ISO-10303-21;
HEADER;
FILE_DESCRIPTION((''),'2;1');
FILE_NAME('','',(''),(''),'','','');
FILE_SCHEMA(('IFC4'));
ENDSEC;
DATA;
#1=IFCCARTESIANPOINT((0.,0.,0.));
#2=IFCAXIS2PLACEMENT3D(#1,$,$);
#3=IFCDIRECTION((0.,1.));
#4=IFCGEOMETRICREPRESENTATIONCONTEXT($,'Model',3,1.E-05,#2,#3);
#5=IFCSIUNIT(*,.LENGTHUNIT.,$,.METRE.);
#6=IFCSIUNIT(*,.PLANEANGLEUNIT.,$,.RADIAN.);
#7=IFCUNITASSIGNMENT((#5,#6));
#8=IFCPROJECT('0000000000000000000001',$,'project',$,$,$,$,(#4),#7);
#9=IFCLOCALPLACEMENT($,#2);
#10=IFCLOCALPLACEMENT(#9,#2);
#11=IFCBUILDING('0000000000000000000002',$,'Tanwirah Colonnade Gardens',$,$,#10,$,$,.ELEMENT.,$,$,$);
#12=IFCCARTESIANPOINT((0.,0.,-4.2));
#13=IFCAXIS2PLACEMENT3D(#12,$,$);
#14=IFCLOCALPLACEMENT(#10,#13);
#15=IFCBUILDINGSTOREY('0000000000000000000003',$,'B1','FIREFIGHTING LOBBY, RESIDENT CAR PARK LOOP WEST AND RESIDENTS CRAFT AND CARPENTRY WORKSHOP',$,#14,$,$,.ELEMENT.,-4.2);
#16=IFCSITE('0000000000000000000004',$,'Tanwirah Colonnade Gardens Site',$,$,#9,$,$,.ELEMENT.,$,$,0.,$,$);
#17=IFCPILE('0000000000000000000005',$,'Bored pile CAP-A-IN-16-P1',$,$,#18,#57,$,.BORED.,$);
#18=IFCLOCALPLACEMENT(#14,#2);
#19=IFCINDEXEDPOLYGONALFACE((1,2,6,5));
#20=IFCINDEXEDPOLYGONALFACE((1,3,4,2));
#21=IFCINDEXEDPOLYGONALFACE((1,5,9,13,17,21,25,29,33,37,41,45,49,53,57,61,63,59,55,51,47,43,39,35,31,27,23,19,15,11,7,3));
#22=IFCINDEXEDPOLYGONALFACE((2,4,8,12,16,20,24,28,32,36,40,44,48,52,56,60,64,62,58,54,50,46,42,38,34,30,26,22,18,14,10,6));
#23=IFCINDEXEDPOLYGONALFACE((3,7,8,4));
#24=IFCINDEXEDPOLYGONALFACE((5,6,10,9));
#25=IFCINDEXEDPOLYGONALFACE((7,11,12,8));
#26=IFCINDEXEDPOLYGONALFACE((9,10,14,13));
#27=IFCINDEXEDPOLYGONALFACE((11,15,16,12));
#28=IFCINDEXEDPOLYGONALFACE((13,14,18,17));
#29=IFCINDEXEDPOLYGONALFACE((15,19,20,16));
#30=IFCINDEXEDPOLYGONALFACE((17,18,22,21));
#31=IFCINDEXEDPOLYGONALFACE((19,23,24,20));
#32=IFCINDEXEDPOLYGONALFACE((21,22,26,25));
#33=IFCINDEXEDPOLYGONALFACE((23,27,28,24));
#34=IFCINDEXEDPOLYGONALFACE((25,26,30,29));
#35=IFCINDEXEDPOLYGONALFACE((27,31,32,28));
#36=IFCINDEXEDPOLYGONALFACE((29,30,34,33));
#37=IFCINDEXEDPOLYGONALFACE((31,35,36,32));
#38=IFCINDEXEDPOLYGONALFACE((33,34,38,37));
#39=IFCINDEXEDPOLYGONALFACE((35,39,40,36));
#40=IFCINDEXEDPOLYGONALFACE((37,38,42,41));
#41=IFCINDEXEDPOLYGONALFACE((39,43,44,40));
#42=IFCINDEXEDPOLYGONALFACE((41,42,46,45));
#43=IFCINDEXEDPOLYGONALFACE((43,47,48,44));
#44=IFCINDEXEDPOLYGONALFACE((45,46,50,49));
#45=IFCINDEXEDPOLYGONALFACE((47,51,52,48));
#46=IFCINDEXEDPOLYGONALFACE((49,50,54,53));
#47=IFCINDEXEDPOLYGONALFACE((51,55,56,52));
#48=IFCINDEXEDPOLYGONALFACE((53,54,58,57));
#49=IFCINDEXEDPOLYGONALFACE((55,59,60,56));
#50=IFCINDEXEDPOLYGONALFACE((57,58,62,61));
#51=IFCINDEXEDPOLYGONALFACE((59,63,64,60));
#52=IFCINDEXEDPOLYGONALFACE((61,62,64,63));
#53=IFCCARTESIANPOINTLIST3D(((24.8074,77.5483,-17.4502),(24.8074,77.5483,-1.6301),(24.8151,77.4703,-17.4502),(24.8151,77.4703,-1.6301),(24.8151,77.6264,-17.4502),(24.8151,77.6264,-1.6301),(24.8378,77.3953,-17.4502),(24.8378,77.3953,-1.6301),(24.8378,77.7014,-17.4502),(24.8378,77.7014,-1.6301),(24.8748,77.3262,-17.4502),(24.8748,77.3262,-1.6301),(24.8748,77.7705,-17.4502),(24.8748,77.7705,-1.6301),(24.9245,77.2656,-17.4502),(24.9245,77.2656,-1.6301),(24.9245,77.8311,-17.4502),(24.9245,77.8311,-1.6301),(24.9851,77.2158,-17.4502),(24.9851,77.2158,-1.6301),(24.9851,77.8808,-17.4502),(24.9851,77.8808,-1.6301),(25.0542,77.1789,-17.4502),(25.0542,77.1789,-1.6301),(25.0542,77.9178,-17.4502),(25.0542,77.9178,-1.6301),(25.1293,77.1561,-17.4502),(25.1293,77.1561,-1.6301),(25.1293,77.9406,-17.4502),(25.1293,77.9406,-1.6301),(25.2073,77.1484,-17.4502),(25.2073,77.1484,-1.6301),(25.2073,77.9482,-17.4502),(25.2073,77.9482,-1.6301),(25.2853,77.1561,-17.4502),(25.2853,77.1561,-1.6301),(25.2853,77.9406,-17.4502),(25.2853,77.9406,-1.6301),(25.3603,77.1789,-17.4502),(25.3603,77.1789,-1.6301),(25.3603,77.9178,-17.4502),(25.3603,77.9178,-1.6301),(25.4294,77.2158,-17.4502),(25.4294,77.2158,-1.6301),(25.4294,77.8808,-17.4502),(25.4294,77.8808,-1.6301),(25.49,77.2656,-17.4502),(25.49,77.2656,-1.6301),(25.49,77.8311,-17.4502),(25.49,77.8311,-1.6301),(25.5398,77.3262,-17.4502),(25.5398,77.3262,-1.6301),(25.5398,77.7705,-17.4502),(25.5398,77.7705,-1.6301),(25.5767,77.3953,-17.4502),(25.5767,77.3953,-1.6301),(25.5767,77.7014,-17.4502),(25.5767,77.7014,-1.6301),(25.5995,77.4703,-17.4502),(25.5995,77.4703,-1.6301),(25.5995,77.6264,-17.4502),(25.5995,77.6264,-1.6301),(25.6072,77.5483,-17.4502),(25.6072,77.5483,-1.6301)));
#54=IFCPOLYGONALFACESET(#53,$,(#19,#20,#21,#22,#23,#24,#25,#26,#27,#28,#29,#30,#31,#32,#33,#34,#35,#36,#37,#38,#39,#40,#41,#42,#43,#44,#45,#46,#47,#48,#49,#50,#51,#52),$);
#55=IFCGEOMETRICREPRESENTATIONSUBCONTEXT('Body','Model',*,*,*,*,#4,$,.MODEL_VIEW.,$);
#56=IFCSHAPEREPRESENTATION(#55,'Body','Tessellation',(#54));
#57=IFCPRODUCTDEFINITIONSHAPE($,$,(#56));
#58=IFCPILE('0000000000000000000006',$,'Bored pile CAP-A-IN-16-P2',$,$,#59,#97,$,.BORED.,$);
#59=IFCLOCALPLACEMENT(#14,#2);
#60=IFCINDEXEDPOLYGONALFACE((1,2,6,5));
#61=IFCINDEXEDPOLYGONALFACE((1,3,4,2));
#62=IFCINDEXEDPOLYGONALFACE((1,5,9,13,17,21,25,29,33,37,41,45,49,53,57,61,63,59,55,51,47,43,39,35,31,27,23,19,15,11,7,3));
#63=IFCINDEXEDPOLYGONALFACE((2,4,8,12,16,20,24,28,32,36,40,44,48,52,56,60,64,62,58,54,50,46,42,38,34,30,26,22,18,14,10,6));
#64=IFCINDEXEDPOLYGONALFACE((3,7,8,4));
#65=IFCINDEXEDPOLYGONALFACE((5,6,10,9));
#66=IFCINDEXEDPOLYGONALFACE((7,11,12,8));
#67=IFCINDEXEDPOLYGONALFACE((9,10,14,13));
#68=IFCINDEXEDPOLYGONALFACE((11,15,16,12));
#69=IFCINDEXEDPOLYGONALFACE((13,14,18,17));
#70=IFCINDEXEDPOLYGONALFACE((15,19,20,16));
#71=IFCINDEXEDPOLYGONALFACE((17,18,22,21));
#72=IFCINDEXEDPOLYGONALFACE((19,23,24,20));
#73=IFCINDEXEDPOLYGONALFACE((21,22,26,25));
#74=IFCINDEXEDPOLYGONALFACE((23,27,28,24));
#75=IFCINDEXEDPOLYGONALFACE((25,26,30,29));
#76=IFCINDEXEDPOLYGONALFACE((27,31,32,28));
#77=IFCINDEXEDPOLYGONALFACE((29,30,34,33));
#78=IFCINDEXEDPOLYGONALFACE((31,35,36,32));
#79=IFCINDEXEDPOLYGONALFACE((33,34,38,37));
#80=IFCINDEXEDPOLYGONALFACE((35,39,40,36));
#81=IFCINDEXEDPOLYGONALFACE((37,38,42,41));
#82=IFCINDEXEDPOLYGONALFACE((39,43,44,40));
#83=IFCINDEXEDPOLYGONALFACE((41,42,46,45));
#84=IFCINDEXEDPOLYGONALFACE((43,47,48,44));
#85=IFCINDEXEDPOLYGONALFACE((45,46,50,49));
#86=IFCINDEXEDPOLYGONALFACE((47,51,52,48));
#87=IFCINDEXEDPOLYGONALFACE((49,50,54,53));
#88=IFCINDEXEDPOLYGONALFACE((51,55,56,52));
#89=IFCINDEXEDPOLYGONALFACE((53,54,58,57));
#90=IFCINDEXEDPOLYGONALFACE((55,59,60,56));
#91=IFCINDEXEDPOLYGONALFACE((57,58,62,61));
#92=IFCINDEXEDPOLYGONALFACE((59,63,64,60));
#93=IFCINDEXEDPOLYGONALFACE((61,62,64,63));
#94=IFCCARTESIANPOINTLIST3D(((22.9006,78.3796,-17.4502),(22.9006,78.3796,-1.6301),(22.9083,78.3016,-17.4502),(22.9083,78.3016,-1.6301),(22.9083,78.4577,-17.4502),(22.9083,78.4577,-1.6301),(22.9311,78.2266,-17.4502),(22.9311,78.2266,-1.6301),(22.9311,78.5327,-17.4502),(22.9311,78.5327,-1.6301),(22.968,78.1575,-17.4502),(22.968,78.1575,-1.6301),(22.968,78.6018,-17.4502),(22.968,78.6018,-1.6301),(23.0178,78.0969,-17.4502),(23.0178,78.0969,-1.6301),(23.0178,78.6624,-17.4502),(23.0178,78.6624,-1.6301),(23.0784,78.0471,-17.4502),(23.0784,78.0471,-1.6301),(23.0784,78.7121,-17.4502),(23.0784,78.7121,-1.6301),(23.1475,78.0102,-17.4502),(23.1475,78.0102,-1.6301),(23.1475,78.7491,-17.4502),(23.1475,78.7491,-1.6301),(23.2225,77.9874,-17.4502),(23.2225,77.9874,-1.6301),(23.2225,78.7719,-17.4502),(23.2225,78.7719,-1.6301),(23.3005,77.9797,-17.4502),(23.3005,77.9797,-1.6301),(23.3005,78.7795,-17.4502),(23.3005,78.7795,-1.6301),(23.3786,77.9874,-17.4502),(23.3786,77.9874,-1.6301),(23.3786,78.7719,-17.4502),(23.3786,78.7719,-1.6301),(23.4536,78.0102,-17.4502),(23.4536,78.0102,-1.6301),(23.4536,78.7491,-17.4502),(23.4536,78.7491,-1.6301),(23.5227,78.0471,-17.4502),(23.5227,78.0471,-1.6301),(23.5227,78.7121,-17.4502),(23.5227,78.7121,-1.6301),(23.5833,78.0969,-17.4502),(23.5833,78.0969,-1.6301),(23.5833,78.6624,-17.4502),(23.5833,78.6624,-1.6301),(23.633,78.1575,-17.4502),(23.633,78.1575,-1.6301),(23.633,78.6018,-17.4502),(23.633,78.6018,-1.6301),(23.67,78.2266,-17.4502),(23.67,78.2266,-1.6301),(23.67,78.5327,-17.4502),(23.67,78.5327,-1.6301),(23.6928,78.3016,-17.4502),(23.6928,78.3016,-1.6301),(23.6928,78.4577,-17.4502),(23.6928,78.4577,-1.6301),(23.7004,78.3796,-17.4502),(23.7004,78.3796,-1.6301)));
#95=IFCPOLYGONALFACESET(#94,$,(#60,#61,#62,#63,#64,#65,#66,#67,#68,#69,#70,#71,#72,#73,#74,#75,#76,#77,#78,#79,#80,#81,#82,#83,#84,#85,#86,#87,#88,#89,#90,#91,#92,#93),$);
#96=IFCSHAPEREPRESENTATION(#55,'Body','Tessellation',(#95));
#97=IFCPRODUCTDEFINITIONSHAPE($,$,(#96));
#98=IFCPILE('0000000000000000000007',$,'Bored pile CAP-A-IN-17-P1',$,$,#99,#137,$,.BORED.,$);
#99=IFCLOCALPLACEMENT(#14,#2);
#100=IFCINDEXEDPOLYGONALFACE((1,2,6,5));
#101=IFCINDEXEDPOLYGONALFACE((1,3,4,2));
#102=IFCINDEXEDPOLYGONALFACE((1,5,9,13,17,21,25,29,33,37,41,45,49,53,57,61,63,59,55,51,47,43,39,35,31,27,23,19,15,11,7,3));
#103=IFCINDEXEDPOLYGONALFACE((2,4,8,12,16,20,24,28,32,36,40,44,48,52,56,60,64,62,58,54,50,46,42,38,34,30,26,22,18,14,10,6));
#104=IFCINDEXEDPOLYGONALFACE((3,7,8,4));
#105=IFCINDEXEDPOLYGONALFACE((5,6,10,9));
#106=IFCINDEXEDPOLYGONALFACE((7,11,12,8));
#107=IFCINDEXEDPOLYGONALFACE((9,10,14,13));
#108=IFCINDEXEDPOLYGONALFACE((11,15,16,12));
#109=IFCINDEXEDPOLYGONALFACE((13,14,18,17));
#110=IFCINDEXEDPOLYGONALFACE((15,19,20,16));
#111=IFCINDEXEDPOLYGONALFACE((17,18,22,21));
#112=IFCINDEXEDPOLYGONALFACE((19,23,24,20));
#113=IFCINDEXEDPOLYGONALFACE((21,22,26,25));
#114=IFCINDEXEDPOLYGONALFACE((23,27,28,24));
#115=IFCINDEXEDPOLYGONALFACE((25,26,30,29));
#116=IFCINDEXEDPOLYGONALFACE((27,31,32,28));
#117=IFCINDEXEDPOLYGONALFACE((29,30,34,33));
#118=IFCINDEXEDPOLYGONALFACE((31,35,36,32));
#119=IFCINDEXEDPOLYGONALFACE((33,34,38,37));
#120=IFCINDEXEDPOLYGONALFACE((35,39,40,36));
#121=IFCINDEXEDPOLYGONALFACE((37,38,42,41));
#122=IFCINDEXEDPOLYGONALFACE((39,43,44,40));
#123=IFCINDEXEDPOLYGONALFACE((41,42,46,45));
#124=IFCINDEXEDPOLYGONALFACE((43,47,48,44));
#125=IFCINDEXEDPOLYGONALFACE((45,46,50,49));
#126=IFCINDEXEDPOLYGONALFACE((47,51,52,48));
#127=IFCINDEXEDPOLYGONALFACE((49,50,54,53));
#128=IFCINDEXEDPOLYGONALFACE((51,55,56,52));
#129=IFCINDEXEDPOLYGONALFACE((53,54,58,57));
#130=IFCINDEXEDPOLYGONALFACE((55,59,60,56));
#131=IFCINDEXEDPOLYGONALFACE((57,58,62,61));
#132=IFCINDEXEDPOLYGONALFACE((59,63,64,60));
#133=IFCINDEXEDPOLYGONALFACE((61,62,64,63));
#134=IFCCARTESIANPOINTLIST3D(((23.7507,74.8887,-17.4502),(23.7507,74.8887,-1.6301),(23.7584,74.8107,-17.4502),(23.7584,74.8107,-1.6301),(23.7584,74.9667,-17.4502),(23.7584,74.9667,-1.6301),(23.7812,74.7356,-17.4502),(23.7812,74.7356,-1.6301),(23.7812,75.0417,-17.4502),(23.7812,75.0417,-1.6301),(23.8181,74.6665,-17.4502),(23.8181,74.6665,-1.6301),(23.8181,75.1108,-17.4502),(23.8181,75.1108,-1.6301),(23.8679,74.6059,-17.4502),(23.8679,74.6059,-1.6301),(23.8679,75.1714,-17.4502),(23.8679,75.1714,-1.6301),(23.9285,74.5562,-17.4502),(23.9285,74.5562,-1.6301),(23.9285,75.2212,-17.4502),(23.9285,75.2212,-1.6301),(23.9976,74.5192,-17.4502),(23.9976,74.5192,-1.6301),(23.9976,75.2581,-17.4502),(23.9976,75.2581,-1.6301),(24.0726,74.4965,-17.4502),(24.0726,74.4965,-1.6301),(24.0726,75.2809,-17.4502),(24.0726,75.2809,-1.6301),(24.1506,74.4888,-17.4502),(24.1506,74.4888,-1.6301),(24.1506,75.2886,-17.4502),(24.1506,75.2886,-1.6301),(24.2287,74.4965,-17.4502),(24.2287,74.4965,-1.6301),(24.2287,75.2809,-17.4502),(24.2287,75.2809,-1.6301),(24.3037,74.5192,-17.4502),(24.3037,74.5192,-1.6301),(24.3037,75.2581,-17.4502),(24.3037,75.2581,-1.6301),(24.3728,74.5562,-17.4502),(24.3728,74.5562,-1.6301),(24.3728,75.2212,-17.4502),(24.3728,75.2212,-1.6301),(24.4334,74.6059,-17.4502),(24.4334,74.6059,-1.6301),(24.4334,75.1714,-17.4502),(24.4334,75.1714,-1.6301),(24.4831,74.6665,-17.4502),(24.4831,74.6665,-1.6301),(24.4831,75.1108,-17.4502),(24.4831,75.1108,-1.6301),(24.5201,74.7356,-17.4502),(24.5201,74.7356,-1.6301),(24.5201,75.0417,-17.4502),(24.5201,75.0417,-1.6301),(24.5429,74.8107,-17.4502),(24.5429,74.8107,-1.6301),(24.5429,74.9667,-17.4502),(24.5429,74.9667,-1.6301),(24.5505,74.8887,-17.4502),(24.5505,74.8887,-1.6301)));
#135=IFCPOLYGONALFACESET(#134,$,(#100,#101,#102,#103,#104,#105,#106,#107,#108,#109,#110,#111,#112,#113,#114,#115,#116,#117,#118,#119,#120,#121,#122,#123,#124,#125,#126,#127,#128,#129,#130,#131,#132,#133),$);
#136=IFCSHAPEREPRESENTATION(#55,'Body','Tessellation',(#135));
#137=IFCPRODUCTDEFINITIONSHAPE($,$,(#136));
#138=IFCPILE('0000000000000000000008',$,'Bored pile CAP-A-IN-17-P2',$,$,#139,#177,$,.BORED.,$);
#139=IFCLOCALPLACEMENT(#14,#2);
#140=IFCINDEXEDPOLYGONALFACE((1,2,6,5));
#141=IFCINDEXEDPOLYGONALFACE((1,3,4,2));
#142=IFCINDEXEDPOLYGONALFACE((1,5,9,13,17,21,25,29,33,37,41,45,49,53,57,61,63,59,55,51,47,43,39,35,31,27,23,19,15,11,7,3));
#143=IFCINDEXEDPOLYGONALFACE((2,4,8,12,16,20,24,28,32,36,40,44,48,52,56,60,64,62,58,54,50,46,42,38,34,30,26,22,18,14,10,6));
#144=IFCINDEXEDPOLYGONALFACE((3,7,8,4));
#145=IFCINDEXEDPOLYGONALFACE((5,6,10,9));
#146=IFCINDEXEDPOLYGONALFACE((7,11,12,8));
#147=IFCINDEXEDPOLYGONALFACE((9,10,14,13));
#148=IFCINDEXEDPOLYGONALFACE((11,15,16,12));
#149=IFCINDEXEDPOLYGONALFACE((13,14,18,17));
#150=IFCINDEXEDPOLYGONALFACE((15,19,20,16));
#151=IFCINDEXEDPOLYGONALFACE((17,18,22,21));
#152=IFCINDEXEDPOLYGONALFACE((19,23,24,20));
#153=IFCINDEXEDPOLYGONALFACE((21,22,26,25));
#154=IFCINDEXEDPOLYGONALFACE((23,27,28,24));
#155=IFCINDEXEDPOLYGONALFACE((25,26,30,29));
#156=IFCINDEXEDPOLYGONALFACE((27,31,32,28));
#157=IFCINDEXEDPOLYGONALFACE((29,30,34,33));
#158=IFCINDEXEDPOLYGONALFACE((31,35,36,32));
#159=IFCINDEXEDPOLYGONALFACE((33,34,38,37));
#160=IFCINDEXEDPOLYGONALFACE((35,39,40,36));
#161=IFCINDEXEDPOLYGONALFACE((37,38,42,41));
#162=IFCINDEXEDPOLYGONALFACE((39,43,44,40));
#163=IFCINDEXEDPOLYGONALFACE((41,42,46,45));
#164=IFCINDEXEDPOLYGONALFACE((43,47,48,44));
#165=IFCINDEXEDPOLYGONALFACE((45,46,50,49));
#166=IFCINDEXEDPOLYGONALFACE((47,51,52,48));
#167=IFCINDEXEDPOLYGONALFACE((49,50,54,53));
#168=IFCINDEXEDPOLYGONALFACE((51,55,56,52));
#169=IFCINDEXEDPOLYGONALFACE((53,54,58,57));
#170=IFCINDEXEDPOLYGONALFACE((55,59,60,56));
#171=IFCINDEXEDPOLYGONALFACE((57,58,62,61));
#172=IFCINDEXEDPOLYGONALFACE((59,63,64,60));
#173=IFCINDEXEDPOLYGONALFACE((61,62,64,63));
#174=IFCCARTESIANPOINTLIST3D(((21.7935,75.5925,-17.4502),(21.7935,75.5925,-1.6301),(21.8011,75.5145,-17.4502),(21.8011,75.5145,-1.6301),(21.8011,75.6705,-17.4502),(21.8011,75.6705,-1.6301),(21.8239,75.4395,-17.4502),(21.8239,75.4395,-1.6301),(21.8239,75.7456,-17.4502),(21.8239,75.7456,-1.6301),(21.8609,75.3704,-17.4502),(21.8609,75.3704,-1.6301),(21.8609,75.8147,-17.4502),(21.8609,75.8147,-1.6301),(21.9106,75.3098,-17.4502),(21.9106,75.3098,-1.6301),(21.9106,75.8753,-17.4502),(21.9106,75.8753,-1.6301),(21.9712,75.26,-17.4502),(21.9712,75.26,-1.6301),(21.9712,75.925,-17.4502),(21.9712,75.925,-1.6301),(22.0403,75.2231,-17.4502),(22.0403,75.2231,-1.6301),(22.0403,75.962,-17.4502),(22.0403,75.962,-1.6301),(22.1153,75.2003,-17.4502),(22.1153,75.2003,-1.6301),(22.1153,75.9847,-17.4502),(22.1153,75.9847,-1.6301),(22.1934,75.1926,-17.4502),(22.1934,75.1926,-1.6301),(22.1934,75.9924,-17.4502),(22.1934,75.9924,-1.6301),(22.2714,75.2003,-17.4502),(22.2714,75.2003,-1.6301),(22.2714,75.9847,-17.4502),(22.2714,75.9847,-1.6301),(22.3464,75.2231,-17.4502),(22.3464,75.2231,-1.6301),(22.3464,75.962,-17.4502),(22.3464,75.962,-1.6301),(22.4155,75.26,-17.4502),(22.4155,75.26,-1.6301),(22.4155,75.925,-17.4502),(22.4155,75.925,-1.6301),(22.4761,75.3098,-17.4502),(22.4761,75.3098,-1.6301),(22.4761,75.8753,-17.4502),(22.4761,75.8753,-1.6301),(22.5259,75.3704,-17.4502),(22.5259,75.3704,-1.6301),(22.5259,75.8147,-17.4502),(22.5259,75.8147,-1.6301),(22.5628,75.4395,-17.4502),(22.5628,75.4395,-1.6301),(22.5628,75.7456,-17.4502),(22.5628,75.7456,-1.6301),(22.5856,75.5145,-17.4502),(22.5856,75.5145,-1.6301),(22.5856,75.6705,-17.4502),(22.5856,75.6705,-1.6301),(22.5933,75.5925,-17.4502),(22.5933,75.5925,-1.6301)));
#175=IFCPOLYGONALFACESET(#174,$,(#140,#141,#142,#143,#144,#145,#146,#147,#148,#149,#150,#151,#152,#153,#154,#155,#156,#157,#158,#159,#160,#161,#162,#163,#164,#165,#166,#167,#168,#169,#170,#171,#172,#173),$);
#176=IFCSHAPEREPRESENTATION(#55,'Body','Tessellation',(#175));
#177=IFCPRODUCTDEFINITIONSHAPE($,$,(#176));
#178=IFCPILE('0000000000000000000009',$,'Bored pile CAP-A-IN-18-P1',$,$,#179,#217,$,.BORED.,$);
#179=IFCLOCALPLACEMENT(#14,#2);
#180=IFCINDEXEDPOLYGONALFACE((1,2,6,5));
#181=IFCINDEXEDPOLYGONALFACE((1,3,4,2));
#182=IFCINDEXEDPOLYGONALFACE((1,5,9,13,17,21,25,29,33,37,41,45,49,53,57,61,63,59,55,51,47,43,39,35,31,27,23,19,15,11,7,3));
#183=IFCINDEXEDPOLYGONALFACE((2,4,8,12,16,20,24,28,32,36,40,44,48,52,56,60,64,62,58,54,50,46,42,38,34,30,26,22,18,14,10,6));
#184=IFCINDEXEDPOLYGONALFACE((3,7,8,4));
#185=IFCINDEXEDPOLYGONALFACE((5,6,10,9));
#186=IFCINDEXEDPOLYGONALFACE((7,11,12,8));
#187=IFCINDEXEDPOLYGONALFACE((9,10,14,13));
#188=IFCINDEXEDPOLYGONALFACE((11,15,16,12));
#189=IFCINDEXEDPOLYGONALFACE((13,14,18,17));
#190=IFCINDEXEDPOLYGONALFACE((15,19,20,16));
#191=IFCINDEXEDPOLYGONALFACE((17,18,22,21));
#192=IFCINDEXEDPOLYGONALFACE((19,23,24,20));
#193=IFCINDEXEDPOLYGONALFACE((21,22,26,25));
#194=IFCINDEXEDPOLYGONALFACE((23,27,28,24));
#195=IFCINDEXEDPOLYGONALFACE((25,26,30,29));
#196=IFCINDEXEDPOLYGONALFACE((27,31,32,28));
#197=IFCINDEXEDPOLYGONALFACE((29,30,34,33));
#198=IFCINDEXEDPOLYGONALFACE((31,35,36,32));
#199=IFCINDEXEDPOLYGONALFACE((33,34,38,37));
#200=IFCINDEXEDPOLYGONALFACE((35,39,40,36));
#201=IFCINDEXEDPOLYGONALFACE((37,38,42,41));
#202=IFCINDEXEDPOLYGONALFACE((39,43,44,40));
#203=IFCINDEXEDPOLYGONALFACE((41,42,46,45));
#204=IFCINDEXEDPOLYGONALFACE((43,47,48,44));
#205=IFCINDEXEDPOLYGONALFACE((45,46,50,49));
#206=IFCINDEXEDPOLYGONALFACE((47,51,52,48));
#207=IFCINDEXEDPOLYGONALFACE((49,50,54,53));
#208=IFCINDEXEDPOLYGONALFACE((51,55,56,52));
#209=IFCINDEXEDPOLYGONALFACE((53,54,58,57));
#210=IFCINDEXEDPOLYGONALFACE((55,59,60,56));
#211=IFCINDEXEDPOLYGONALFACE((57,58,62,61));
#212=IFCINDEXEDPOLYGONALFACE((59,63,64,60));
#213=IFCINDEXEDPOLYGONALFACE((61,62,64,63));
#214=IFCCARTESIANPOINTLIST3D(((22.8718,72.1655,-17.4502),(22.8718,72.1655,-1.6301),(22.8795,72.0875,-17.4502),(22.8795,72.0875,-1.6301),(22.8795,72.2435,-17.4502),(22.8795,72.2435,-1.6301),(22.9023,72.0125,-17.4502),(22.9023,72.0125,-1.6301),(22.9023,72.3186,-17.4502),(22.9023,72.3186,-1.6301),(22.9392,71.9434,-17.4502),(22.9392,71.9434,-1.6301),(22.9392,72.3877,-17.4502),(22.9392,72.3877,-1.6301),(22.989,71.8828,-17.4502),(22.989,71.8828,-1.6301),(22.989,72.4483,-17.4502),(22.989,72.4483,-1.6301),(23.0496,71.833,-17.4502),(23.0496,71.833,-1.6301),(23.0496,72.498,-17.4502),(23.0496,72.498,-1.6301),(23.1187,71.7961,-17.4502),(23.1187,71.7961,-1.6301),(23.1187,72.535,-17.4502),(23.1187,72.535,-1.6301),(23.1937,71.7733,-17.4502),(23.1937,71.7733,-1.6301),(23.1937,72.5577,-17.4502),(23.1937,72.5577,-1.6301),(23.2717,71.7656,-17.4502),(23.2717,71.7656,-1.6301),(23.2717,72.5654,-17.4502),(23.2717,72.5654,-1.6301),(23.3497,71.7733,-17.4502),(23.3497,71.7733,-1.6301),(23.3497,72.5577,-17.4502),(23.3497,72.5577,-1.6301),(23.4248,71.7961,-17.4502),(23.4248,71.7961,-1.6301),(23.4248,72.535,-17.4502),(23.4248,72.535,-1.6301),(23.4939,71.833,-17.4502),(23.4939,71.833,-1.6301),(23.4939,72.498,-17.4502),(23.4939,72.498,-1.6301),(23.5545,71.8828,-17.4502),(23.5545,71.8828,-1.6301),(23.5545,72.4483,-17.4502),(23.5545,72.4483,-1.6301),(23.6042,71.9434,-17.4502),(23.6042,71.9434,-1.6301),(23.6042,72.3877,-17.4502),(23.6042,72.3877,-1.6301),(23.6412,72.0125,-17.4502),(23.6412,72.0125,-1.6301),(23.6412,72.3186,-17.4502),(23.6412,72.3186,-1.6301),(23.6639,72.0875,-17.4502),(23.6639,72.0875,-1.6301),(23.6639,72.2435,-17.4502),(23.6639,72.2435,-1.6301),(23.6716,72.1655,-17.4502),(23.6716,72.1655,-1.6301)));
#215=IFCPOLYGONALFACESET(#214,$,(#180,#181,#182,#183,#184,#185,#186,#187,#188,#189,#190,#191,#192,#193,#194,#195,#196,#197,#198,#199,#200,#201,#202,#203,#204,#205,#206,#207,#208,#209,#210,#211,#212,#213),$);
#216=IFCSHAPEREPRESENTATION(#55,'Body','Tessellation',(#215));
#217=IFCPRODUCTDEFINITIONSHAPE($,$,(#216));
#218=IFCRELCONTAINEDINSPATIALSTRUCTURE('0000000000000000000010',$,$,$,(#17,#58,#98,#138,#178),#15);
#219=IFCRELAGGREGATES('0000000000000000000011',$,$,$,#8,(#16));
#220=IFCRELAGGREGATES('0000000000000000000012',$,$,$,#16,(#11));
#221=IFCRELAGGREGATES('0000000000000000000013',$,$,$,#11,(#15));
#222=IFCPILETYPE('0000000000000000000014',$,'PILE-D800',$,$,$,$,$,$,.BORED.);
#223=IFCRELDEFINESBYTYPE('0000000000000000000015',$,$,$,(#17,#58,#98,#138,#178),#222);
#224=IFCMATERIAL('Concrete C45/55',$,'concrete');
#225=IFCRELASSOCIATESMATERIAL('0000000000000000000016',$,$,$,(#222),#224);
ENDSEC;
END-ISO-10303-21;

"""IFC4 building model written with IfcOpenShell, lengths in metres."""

from ifc_helpers import new_model, si_unit, direction, frame, origin, origin_2d, place, context, subcontext, project, spatial, circle, extrude, material, material_profile, profile_set, type_object, element, save


model = new_model("IFC4")

# Units and contexts
model_context = context("Model", 3, precision=1e-05, world=origin(), true_north=direction((0.0, 1.0)))
body_context = subcontext(model_context, "Body", "Model", "MODEL_VIEW")
ifc_project = project(units=[si_unit("LENGTHUNIT", "METRE"), si_unit("PLANEANGLEUNIT", "RADIAN")], contexts=[model_context])

# Site, building, storey
site_placement = place(None, origin())
site = spatial("IfcSite", under=ifc_project, at=site_placement, Name="Tanwirah Colonnade Gardens Site", CompositionType="ELEMENT", RefElevation=0.0)
building_placement = place(site_placement, origin())
building = spatial("IfcBuilding", under=site, at=building_placement, Name="Tanwirah Colonnade Gardens", CompositionType="ELEMENT")
storey_placement = place(building_placement, frame((0.0, 0.0, -4.2)))
storey = spatial("IfcBuildingStorey", under=building, at=storey_placement, Name="B1", Description="FIREFIGHTING LOBBY, RESIDENT CAR PARK LOOP WEST AND RESIDENTS CRAFT AND CARPENTRY WORKSHOP", CompositionType="ELEMENT", Elevation=-4.2)

# Shared definitions
ifc_material_1 = material(Name="Concrete C45/55", Category="concrete")

# Piles
ifc_material_profile_1 = material_profile(ifc_material_1, circle(Radius=0.3999, at=origin_2d()), Name="PILE D800")
ifc_profile_set_1 = profile_set([ifc_material_profile_1], Name="Concrete C45/55")
pile_type_1 = type_object("IfcPileType", Name="PILE-D800", PredefinedType="BORED", material=ifc_profile_set_1)
for number, where, z_axis, x_axis, name in (
    (1, (25.2073, 77.5483, -1.6301), (0.0, 0.0, -1.0), (1.0, 0.0, 0.0), "Bored pile CAP-A-IN-16-P1"),
    (2, (23.3005, 78.3796, -1.6301), (0.0, 0.0, -1.0), (1.0, 0.0, 0.0), "Bored pile CAP-A-IN-16-P2"),
    (3, (24.1506, 74.8887, -1.6301), (0.0, 0.0, -1.0), (1.0, 0.0, 0.0), "Bored pile CAP-A-IN-17-P1"),
    (4, (22.1934, 75.5925, -1.6301), (0.0, 0.0, -1.0), (1.0, 0.0, 0.0), "Bored pile CAP-A-IN-17-P2"),
    (5, (23.2717, 72.1655, -1.6301), (0.0, 0.0, -1.0), (1.0, 0.0, 0.0), "Bored pile CAP-A-IN-18-P1"),
):
    element("IfcPile", number, at=place(storey_placement, frame(where, z_axis=z_axis, x_axis=x_axis)), inside=storey, type_object=pile_type_1, Name=name, PredefinedType="BORED", context=body_context, shape_type="SweptSolid", body=[
        extrude(circle(Radius=0.3999, at=origin_2d()), origin(), (0.0, 0.0, 1.0), 15.8201),
    ])

save(model, "model.ifc")
